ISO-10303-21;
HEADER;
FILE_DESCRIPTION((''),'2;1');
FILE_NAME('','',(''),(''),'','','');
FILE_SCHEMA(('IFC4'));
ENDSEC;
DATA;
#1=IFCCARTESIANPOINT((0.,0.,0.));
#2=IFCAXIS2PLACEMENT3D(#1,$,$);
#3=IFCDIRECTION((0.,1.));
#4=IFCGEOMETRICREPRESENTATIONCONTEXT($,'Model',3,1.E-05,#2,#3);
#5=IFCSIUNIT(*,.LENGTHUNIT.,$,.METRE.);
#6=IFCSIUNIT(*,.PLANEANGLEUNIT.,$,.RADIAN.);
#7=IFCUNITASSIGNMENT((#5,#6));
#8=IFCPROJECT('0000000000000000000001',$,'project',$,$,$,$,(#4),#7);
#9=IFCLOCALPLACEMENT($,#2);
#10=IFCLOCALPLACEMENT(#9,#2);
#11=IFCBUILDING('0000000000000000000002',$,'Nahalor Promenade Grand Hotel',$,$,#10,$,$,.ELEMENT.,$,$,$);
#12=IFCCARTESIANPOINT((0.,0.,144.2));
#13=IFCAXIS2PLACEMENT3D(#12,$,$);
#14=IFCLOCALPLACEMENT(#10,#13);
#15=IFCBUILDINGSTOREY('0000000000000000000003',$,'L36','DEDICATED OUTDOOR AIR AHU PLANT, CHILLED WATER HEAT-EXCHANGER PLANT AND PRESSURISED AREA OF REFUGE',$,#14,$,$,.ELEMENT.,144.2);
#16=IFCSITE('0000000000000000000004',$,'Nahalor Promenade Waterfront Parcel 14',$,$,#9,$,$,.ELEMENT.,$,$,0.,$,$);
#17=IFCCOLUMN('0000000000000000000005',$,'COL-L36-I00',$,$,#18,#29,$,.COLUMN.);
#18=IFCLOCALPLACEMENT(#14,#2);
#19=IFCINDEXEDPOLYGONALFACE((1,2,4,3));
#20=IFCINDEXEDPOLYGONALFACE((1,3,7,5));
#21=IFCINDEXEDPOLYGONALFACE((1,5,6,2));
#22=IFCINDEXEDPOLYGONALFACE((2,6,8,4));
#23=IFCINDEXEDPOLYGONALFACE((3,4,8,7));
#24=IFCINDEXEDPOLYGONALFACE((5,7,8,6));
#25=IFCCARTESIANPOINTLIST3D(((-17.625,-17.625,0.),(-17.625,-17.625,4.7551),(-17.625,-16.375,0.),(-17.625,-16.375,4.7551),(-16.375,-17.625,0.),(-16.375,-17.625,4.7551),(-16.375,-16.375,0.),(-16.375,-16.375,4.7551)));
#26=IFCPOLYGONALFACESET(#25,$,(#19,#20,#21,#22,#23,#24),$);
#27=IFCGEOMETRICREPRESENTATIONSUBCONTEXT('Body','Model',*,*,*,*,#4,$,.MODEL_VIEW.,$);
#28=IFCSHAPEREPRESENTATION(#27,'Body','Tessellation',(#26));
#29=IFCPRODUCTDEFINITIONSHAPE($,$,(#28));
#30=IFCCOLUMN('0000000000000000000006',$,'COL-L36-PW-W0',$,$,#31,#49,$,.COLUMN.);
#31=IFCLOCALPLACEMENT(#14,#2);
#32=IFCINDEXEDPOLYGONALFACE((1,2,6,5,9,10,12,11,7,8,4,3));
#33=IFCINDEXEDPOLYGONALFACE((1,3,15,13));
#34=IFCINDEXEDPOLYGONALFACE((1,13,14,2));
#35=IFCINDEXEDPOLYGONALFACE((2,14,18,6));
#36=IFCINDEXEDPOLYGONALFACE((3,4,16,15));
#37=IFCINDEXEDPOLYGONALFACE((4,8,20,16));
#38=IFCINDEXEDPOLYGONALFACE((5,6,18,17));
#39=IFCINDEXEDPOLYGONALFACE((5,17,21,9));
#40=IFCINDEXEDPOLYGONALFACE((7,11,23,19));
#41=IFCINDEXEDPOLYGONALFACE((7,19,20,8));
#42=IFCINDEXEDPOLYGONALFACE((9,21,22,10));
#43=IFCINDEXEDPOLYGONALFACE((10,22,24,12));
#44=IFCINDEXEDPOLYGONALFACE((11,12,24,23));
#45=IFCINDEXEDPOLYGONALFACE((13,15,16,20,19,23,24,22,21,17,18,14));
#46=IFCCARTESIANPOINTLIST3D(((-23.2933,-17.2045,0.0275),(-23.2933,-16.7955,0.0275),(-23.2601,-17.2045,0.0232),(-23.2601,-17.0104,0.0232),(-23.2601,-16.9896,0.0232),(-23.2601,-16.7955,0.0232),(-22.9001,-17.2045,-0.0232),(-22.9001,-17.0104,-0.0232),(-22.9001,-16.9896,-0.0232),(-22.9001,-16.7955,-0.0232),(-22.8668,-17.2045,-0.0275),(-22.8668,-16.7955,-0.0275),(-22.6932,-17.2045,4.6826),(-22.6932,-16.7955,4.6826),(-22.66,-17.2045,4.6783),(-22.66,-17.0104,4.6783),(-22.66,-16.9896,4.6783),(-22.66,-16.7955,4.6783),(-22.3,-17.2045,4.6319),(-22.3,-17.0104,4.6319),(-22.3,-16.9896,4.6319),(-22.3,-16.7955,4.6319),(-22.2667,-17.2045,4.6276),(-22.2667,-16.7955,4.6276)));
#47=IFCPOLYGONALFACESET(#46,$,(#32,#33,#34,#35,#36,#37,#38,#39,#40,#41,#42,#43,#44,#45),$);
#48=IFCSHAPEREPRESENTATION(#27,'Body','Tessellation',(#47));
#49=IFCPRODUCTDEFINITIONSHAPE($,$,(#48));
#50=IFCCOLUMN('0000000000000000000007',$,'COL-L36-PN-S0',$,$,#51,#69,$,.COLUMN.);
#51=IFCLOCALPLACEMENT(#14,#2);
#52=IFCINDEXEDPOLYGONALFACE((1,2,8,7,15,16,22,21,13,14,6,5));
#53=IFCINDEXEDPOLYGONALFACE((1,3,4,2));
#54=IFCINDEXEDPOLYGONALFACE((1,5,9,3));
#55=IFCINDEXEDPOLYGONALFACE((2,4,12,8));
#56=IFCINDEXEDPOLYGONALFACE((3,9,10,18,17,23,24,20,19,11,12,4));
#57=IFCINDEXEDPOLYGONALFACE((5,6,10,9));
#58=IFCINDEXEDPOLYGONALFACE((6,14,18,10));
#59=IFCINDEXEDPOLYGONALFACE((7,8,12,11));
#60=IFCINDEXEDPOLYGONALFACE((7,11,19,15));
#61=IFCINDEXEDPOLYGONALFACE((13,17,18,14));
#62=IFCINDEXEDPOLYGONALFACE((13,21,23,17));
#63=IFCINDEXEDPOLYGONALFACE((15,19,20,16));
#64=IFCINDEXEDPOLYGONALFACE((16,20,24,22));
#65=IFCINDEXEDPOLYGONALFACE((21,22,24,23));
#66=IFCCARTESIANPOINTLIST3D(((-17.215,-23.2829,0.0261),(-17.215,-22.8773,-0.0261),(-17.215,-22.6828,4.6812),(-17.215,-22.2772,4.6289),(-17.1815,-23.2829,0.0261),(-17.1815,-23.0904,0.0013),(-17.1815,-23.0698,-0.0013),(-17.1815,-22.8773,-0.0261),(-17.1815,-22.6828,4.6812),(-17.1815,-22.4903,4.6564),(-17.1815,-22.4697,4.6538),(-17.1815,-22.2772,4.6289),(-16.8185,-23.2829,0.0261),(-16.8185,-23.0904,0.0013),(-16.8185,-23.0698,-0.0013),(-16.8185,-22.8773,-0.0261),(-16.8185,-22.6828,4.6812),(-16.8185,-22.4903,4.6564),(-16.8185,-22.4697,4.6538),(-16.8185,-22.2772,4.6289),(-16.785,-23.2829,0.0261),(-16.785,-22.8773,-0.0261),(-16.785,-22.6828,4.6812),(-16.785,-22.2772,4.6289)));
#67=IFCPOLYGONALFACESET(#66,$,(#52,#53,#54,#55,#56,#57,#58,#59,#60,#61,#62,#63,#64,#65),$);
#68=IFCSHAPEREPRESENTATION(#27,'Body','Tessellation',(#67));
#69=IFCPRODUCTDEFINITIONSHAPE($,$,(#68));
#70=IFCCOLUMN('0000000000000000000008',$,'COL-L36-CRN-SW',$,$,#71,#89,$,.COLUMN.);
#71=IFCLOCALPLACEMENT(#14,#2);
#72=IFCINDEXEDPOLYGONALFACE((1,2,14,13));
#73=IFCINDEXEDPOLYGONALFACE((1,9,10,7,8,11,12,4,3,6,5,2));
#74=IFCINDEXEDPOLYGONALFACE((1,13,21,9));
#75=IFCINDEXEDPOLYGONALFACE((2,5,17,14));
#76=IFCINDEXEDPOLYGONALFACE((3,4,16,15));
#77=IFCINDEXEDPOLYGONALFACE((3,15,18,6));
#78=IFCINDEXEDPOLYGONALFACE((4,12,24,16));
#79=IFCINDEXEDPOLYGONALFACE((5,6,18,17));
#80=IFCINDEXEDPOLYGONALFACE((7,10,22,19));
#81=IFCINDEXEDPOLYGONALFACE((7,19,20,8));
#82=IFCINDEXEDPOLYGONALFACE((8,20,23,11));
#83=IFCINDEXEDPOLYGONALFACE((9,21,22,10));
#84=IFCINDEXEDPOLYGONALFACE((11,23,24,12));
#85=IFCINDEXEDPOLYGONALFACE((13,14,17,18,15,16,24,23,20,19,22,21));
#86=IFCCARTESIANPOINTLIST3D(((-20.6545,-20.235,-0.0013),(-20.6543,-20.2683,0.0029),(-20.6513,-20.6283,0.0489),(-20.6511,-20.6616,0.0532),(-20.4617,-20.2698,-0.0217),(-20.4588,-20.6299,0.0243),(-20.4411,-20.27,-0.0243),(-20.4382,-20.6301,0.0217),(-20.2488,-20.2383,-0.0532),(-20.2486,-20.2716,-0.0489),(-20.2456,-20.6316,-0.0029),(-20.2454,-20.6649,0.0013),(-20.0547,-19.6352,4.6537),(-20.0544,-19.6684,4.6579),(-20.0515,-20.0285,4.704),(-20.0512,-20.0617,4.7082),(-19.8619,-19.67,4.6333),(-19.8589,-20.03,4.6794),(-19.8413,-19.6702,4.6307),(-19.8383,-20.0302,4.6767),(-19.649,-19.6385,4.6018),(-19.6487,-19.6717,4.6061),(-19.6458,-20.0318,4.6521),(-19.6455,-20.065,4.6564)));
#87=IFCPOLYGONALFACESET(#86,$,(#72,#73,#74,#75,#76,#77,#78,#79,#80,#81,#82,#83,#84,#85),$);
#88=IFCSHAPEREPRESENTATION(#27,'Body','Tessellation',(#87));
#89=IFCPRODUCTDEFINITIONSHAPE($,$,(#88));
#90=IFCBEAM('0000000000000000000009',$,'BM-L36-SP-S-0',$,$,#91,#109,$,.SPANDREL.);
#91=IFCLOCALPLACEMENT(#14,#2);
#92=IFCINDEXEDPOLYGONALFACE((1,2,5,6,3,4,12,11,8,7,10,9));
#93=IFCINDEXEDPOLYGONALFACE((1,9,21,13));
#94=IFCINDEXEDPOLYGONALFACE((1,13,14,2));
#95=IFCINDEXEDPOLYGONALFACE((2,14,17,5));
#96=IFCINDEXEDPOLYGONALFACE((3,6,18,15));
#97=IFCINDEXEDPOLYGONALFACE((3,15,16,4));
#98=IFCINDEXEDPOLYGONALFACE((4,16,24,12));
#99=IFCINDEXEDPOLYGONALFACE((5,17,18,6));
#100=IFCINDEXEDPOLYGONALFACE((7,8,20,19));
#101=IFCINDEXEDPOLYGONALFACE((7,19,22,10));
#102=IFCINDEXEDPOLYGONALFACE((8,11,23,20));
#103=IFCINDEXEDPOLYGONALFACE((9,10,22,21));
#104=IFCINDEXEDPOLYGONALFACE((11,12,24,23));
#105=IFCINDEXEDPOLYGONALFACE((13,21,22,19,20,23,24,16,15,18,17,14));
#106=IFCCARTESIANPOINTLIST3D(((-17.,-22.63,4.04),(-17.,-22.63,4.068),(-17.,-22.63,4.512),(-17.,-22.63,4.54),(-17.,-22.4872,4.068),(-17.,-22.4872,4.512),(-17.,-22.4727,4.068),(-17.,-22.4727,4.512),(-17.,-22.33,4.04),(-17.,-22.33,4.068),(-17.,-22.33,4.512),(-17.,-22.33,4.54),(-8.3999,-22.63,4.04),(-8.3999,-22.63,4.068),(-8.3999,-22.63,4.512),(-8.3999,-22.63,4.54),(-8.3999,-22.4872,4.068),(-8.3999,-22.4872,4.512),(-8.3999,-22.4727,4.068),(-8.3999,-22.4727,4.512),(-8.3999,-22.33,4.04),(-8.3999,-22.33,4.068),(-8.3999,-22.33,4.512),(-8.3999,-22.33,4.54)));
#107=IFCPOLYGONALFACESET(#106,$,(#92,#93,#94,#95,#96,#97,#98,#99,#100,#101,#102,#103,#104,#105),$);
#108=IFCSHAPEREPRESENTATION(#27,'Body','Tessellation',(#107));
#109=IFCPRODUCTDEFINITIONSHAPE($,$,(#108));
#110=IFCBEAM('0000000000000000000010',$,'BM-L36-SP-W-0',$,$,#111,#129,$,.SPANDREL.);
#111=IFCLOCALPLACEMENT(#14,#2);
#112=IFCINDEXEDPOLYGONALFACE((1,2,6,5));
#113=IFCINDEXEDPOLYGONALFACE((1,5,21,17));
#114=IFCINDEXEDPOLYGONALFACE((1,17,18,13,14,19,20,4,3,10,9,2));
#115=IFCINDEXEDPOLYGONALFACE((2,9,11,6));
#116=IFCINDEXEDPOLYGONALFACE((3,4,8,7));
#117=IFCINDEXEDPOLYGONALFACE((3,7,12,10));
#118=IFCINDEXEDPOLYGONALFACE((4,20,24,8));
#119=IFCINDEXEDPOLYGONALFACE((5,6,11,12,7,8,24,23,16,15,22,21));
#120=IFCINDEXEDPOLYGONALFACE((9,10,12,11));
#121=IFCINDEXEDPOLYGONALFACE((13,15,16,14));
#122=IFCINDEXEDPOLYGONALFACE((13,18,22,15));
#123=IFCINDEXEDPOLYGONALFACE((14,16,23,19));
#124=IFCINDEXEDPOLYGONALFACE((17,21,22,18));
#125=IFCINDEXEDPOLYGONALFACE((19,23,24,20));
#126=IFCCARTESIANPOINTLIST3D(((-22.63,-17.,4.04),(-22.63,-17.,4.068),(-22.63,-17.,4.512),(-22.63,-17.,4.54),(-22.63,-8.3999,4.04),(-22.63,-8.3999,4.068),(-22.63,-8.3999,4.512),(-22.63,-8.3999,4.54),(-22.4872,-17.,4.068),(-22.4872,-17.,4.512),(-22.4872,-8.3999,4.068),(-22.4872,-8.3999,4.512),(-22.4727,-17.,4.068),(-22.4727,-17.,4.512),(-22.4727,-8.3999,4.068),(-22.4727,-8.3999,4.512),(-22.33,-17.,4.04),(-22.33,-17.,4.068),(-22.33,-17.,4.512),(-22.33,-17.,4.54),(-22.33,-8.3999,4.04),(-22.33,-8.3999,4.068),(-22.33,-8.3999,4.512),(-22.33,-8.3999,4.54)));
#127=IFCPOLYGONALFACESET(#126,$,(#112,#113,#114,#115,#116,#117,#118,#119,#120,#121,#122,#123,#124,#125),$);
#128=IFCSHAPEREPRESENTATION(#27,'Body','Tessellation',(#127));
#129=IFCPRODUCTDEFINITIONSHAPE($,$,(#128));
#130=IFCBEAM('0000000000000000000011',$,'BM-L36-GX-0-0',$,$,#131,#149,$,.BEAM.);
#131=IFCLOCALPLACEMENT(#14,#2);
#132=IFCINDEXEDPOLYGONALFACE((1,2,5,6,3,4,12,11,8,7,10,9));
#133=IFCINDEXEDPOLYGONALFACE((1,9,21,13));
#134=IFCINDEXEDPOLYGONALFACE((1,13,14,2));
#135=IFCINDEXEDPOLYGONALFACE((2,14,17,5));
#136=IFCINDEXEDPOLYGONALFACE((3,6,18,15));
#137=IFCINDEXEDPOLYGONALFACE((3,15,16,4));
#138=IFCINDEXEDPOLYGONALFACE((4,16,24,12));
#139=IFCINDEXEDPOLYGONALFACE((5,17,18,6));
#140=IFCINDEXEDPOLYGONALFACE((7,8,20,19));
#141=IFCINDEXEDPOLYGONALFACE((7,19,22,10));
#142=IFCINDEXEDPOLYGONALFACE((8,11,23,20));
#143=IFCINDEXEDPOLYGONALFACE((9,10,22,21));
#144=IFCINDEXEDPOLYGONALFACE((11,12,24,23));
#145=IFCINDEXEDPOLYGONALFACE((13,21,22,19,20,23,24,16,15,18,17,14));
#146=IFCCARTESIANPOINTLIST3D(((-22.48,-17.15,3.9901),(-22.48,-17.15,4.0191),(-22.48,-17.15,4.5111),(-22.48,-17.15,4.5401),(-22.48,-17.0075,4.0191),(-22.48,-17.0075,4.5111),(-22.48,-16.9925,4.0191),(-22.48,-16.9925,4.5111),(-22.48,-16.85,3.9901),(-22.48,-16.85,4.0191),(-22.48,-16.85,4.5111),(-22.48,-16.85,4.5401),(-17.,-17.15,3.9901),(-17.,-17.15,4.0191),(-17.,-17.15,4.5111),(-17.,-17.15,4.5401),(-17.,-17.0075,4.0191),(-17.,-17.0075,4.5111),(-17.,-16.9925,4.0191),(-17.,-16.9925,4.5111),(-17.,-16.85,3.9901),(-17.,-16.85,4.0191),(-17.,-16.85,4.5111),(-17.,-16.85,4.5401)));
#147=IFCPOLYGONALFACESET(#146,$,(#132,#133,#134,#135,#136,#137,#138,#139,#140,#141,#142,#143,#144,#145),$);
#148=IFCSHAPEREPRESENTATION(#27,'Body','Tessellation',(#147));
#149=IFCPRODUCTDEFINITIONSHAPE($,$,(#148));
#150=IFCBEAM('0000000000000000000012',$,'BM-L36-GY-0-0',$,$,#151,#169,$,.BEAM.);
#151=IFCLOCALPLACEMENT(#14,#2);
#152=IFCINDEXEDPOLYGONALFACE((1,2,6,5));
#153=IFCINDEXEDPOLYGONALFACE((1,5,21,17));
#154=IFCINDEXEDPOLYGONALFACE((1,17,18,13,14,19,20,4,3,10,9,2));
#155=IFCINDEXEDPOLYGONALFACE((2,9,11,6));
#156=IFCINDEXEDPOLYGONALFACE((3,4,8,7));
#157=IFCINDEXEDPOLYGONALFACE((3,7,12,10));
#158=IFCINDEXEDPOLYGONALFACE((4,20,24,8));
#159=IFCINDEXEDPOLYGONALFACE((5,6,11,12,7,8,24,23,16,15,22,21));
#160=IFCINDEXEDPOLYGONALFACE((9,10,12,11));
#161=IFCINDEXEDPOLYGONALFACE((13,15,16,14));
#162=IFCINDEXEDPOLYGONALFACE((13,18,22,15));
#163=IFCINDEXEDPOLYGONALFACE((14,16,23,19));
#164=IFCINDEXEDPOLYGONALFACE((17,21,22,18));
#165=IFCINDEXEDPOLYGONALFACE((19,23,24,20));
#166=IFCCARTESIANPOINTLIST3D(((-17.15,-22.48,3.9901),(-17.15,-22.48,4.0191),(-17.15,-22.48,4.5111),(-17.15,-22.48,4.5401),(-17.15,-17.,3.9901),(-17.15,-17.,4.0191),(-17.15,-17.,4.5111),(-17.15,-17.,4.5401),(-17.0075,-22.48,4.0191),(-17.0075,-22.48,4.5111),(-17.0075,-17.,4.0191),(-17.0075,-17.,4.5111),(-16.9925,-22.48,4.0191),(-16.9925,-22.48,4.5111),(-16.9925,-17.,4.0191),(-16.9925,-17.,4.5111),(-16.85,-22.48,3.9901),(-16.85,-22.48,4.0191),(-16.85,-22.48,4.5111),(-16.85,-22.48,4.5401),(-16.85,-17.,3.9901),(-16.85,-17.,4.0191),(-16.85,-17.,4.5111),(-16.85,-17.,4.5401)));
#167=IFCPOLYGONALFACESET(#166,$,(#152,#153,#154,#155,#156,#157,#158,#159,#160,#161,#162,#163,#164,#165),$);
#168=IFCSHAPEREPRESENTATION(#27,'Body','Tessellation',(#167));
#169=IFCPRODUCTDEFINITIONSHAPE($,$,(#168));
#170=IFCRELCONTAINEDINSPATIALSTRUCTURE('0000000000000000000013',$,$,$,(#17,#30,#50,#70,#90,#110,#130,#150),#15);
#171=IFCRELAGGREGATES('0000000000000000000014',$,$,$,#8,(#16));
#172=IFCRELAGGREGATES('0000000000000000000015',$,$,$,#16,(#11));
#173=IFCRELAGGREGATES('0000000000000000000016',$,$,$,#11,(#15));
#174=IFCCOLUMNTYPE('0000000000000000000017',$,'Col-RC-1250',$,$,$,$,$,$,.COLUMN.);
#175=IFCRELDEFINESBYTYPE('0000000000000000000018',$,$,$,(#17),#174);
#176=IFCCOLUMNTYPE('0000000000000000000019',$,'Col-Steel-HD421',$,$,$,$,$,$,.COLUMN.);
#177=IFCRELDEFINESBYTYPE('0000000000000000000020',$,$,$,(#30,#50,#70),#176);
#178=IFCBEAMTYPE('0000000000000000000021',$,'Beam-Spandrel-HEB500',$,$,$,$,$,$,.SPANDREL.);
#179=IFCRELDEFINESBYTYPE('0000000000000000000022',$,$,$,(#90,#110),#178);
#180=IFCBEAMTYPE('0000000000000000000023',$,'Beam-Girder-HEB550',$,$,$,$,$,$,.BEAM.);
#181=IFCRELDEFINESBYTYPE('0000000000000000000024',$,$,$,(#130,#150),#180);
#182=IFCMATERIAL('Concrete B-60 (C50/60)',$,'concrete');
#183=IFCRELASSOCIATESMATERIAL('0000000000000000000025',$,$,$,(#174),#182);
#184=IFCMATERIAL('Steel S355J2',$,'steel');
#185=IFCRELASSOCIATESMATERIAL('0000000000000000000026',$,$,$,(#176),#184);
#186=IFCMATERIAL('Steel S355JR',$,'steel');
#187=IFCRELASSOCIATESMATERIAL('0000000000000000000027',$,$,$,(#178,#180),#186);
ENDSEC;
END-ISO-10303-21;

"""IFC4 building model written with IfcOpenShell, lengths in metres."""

from ifc_helpers import new_model, si_unit, direction, frame, origin, origin_2d, place, context, subcontext, project, spatial, rectangle, i_section, extrude, source, transform, mapped, material, material_profile, profile_set, type_object, element, save


model = new_model("IFC4")

# Units and contexts
model_context = context("Model", 3, precision=1e-05, world=origin(), true_north=direction((0.0, 1.0)))
body_context = subcontext(model_context, "Body", "Model", "MODEL_VIEW")
ifc_project = project(units=[si_unit("LENGTHUNIT", "METRE"), si_unit("PLANEANGLEUNIT", "RADIAN")], contexts=[model_context])

# Site, building, storey
site_placement = place(None, origin())
site = spatial("IfcSite", under=ifc_project, at=site_placement, Name="Nahalor Promenade Waterfront Parcel 14", CompositionType="ELEMENT", RefElevation=0.0)
building_placement = place(site_placement, origin())
building = spatial("IfcBuilding", under=site, at=building_placement, Name="Nahalor Promenade Grand Hotel", CompositionType="ELEMENT")
storey_placement = place(building_placement, frame((0.0, 0.0, 144.2)))
storey = spatial("IfcBuildingStorey", under=building, at=storey_placement, Name="L36", Description="DEDICATED OUTDOOR AIR AHU PLANT, CHILLED WATER HEAT-EXCHANGER PLANT AND PRESSURISED AREA OF REFUGE", CompositionType="ELEMENT", Elevation=144.2)

# Columns
ifc_material_1 = material(Name="Concrete B-60 (C50/60)", Category="concrete")
ifc_material_profile_1 = material_profile(ifc_material_1, rectangle(XDim=1.25, YDim=1.25, at=origin_2d()), Name="RC 1250x1250")
ifc_profile_set_1 = profile_set([ifc_material_profile_1], Name="Concrete B-60 (C50/60)")
column_type_1 = type_object("IfcColumnType", Name="Col-RC-1250", PredefinedType="COLUMN", material=ifc_profile_set_1)
shared_shape_1 = source(origin(), body_context, "Body", "SweptSolid", [
    extrude(rectangle(XDim=1.25, YDim=1.25, at=origin_2d()), origin(), (0.0, 0.0, 1.0), 4.7551),
])
column_1_placement = place(storey_placement, frame((-17.0, -17.0, 0.0), z_axis=(0.0, 0.0, 1.0), x_axis=(1.0, 0.0, 0.0)))
element("IfcColumn", 1, at=column_1_placement, inside=storey, type_object=column_type_1, Name="COL-L36-I00", PredefinedType="COLUMN", context=body_context, shape_type="MappedRepresentation", body=[
    mapped(shared_shape_1, transform((0.0, 0.0, 0.0), scale=1.0)),
])
ifc_material_2 = material(Name="Steel S355J2", Category="steel")
ifc_material_profile_2 = material_profile(ifc_material_2, i_section(OverallWidth=0.409, OverallDepth=0.43, WebThickness=0.0208, FlangeThickness=0.0335, at=origin_2d()), Name="HD 400x421")
ifc_profile_set_2 = profile_set([ifc_material_profile_2], Name="Steel S355J2")
column_type_2 = type_object("IfcColumnType", Name="Col-Steel-HD421", PredefinedType="COLUMN", material=ifc_profile_set_2)
shared_shape_2 = source(origin(), body_context, "Body", "SweptSolid", [
    extrude(i_section(OverallWidth=0.409, OverallDepth=0.43, WebThickness=0.0208, FlangeThickness=0.0335, at=origin_2d()), origin(), (0.0, 0.0, 1.0), 4.6936),
])
for number, where, z_axis, x_axis, name in (
    (2, (-23.0801, -17.0, 0.0), (0.127856, 0.0, 0.991793), (0.0, 1.0, 0.0), "COL-L36-PW-W0"),
    (3, (-17.0, -23.0801, 0.0), (0.0, 0.127856, 0.991793), (0.0, -0.991793, 0.127856), "COL-L36-PN-S0"),
):
    element("IfcColumn", number, at=place(storey_placement, frame(where, z_axis=z_axis, x_axis=x_axis)), inside=storey, type_object=column_type_2, Name=name, PredefinedType="COLUMN", context=body_context, shape_type="MappedRepresentation", body=[
        mapped(shared_shape_2, transform((0.0, 0.0, 0.0), scale=1.0)),
    ])
shared_shape_3 = source(origin(), body_context, "Body", "SweptSolid", [
    extrude(i_section(OverallWidth=0.409, OverallDepth=0.43, WebThickness=0.0208, FlangeThickness=0.0335, at=origin_2d()), origin(), (0.0, 0.0, 1.0), 4.7317),
])
column_2_placement = place(storey_placement, frame((-20.45, -20.45, 0.0), z_axis=(0.126773, 0.126773, 0.983797), x_axis=(-0.991899, 0.008101, 0.126773)))
element("IfcColumn", 4, at=column_2_placement, inside=storey, type_object=column_type_2, Name="COL-L36-CRN-SW", PredefinedType="COLUMN", context=body_context, shape_type="MappedRepresentation", body=[
    mapped(shared_shape_3, transform((0.0, 0.0, 0.0), scale=1.0)),
])

# Beams
ifc_material_3 = material(Name="Steel S355JR", Category="steel")
ifc_material_profile_3 = material_profile(ifc_material_3, i_section(OverallWidth=0.3, OverallDepth=0.5, WebThickness=0.0145, FlangeThickness=0.028, at=origin_2d()), Name="HEB 500")
ifc_profile_set_3 = profile_set([ifc_material_profile_3], Name="Steel S355JR")
beam_type_1 = type_object("IfcBeamType", Name="Beam-Spandrel-HEB500", PredefinedType="SPANDREL", material=ifc_profile_set_3)
shared_shape_4 = source(origin(), body_context, "Body", "SweptSolid", [
    extrude(i_section(OverallWidth=0.3, OverallDepth=0.5, WebThickness=0.0145, FlangeThickness=0.028, at=origin_2d()), origin(), (0.0, 0.0, 1.0), 8.6001),
])
for number, where, z_axis, x_axis, name in (
    (5, (-17.0, -22.48, 4.29), (1.0, 0.0, 0.0), (0.0, 1.0, 0.0), "BM-L36-SP-S-0"),
    (6, (-22.48, -17.0, 4.29), (0.0, 1.0, 0.0), (-1.0, 0.0, 0.0), "BM-L36-SP-W-0"),
):
    element("IfcBeam", number, at=place(storey_placement, frame(where, z_axis=z_axis, x_axis=x_axis)), inside=storey, type_object=beam_type_1, Name=name, PredefinedType="SPANDREL", context=body_context, shape_type="MappedRepresentation", body=[
        mapped(shared_shape_4, transform((0.0, 0.0, 0.0), scale=1.0)),
    ])
ifc_material_profile_4 = material_profile(ifc_material_3, i_section(OverallWidth=0.3, OverallDepth=0.55, WebThickness=0.015, FlangeThickness=0.029, at=origin_2d()), Name="HEB 550")
ifc_profile_set_4 = profile_set([ifc_material_profile_4], Name="Steel S355JR")
beam_type_2 = type_object("IfcBeamType", Name="Beam-Girder-HEB550", PredefinedType="BEAM", material=ifc_profile_set_4)
shared_shape_5 = source(origin(), body_context, "Body", "SweptSolid", [
    extrude(i_section(OverallWidth=0.3, OverallDepth=0.55, WebThickness=0.015, FlangeThickness=0.029, at=origin_2d()), origin(), (0.0, 0.0, 1.0), 5.48),
])
for number, where, z_axis, x_axis, name in (
    (7, (-22.48, -17.0, 4.2651), (1.0, 0.0, 0.0), (0.0, 1.0, 0.0), "BM-L36-GX-0-0"),
    (8, (-17.0, -22.48, 4.2651), (0.0, 1.0, 0.0), (-1.0, 0.0, 0.0), "BM-L36-GY-0-0"),
):
    element("IfcBeam", number, at=place(storey_placement, frame(where, z_axis=z_axis, x_axis=x_axis)), inside=storey, type_object=beam_type_2, Name=name, PredefinedType="BEAM", context=body_context, shape_type="MappedRepresentation", body=[
        mapped(shared_shape_5, transform((0.0, 0.0, 0.0), scale=1.0)),
    ])

save(model, "model.ifc")
